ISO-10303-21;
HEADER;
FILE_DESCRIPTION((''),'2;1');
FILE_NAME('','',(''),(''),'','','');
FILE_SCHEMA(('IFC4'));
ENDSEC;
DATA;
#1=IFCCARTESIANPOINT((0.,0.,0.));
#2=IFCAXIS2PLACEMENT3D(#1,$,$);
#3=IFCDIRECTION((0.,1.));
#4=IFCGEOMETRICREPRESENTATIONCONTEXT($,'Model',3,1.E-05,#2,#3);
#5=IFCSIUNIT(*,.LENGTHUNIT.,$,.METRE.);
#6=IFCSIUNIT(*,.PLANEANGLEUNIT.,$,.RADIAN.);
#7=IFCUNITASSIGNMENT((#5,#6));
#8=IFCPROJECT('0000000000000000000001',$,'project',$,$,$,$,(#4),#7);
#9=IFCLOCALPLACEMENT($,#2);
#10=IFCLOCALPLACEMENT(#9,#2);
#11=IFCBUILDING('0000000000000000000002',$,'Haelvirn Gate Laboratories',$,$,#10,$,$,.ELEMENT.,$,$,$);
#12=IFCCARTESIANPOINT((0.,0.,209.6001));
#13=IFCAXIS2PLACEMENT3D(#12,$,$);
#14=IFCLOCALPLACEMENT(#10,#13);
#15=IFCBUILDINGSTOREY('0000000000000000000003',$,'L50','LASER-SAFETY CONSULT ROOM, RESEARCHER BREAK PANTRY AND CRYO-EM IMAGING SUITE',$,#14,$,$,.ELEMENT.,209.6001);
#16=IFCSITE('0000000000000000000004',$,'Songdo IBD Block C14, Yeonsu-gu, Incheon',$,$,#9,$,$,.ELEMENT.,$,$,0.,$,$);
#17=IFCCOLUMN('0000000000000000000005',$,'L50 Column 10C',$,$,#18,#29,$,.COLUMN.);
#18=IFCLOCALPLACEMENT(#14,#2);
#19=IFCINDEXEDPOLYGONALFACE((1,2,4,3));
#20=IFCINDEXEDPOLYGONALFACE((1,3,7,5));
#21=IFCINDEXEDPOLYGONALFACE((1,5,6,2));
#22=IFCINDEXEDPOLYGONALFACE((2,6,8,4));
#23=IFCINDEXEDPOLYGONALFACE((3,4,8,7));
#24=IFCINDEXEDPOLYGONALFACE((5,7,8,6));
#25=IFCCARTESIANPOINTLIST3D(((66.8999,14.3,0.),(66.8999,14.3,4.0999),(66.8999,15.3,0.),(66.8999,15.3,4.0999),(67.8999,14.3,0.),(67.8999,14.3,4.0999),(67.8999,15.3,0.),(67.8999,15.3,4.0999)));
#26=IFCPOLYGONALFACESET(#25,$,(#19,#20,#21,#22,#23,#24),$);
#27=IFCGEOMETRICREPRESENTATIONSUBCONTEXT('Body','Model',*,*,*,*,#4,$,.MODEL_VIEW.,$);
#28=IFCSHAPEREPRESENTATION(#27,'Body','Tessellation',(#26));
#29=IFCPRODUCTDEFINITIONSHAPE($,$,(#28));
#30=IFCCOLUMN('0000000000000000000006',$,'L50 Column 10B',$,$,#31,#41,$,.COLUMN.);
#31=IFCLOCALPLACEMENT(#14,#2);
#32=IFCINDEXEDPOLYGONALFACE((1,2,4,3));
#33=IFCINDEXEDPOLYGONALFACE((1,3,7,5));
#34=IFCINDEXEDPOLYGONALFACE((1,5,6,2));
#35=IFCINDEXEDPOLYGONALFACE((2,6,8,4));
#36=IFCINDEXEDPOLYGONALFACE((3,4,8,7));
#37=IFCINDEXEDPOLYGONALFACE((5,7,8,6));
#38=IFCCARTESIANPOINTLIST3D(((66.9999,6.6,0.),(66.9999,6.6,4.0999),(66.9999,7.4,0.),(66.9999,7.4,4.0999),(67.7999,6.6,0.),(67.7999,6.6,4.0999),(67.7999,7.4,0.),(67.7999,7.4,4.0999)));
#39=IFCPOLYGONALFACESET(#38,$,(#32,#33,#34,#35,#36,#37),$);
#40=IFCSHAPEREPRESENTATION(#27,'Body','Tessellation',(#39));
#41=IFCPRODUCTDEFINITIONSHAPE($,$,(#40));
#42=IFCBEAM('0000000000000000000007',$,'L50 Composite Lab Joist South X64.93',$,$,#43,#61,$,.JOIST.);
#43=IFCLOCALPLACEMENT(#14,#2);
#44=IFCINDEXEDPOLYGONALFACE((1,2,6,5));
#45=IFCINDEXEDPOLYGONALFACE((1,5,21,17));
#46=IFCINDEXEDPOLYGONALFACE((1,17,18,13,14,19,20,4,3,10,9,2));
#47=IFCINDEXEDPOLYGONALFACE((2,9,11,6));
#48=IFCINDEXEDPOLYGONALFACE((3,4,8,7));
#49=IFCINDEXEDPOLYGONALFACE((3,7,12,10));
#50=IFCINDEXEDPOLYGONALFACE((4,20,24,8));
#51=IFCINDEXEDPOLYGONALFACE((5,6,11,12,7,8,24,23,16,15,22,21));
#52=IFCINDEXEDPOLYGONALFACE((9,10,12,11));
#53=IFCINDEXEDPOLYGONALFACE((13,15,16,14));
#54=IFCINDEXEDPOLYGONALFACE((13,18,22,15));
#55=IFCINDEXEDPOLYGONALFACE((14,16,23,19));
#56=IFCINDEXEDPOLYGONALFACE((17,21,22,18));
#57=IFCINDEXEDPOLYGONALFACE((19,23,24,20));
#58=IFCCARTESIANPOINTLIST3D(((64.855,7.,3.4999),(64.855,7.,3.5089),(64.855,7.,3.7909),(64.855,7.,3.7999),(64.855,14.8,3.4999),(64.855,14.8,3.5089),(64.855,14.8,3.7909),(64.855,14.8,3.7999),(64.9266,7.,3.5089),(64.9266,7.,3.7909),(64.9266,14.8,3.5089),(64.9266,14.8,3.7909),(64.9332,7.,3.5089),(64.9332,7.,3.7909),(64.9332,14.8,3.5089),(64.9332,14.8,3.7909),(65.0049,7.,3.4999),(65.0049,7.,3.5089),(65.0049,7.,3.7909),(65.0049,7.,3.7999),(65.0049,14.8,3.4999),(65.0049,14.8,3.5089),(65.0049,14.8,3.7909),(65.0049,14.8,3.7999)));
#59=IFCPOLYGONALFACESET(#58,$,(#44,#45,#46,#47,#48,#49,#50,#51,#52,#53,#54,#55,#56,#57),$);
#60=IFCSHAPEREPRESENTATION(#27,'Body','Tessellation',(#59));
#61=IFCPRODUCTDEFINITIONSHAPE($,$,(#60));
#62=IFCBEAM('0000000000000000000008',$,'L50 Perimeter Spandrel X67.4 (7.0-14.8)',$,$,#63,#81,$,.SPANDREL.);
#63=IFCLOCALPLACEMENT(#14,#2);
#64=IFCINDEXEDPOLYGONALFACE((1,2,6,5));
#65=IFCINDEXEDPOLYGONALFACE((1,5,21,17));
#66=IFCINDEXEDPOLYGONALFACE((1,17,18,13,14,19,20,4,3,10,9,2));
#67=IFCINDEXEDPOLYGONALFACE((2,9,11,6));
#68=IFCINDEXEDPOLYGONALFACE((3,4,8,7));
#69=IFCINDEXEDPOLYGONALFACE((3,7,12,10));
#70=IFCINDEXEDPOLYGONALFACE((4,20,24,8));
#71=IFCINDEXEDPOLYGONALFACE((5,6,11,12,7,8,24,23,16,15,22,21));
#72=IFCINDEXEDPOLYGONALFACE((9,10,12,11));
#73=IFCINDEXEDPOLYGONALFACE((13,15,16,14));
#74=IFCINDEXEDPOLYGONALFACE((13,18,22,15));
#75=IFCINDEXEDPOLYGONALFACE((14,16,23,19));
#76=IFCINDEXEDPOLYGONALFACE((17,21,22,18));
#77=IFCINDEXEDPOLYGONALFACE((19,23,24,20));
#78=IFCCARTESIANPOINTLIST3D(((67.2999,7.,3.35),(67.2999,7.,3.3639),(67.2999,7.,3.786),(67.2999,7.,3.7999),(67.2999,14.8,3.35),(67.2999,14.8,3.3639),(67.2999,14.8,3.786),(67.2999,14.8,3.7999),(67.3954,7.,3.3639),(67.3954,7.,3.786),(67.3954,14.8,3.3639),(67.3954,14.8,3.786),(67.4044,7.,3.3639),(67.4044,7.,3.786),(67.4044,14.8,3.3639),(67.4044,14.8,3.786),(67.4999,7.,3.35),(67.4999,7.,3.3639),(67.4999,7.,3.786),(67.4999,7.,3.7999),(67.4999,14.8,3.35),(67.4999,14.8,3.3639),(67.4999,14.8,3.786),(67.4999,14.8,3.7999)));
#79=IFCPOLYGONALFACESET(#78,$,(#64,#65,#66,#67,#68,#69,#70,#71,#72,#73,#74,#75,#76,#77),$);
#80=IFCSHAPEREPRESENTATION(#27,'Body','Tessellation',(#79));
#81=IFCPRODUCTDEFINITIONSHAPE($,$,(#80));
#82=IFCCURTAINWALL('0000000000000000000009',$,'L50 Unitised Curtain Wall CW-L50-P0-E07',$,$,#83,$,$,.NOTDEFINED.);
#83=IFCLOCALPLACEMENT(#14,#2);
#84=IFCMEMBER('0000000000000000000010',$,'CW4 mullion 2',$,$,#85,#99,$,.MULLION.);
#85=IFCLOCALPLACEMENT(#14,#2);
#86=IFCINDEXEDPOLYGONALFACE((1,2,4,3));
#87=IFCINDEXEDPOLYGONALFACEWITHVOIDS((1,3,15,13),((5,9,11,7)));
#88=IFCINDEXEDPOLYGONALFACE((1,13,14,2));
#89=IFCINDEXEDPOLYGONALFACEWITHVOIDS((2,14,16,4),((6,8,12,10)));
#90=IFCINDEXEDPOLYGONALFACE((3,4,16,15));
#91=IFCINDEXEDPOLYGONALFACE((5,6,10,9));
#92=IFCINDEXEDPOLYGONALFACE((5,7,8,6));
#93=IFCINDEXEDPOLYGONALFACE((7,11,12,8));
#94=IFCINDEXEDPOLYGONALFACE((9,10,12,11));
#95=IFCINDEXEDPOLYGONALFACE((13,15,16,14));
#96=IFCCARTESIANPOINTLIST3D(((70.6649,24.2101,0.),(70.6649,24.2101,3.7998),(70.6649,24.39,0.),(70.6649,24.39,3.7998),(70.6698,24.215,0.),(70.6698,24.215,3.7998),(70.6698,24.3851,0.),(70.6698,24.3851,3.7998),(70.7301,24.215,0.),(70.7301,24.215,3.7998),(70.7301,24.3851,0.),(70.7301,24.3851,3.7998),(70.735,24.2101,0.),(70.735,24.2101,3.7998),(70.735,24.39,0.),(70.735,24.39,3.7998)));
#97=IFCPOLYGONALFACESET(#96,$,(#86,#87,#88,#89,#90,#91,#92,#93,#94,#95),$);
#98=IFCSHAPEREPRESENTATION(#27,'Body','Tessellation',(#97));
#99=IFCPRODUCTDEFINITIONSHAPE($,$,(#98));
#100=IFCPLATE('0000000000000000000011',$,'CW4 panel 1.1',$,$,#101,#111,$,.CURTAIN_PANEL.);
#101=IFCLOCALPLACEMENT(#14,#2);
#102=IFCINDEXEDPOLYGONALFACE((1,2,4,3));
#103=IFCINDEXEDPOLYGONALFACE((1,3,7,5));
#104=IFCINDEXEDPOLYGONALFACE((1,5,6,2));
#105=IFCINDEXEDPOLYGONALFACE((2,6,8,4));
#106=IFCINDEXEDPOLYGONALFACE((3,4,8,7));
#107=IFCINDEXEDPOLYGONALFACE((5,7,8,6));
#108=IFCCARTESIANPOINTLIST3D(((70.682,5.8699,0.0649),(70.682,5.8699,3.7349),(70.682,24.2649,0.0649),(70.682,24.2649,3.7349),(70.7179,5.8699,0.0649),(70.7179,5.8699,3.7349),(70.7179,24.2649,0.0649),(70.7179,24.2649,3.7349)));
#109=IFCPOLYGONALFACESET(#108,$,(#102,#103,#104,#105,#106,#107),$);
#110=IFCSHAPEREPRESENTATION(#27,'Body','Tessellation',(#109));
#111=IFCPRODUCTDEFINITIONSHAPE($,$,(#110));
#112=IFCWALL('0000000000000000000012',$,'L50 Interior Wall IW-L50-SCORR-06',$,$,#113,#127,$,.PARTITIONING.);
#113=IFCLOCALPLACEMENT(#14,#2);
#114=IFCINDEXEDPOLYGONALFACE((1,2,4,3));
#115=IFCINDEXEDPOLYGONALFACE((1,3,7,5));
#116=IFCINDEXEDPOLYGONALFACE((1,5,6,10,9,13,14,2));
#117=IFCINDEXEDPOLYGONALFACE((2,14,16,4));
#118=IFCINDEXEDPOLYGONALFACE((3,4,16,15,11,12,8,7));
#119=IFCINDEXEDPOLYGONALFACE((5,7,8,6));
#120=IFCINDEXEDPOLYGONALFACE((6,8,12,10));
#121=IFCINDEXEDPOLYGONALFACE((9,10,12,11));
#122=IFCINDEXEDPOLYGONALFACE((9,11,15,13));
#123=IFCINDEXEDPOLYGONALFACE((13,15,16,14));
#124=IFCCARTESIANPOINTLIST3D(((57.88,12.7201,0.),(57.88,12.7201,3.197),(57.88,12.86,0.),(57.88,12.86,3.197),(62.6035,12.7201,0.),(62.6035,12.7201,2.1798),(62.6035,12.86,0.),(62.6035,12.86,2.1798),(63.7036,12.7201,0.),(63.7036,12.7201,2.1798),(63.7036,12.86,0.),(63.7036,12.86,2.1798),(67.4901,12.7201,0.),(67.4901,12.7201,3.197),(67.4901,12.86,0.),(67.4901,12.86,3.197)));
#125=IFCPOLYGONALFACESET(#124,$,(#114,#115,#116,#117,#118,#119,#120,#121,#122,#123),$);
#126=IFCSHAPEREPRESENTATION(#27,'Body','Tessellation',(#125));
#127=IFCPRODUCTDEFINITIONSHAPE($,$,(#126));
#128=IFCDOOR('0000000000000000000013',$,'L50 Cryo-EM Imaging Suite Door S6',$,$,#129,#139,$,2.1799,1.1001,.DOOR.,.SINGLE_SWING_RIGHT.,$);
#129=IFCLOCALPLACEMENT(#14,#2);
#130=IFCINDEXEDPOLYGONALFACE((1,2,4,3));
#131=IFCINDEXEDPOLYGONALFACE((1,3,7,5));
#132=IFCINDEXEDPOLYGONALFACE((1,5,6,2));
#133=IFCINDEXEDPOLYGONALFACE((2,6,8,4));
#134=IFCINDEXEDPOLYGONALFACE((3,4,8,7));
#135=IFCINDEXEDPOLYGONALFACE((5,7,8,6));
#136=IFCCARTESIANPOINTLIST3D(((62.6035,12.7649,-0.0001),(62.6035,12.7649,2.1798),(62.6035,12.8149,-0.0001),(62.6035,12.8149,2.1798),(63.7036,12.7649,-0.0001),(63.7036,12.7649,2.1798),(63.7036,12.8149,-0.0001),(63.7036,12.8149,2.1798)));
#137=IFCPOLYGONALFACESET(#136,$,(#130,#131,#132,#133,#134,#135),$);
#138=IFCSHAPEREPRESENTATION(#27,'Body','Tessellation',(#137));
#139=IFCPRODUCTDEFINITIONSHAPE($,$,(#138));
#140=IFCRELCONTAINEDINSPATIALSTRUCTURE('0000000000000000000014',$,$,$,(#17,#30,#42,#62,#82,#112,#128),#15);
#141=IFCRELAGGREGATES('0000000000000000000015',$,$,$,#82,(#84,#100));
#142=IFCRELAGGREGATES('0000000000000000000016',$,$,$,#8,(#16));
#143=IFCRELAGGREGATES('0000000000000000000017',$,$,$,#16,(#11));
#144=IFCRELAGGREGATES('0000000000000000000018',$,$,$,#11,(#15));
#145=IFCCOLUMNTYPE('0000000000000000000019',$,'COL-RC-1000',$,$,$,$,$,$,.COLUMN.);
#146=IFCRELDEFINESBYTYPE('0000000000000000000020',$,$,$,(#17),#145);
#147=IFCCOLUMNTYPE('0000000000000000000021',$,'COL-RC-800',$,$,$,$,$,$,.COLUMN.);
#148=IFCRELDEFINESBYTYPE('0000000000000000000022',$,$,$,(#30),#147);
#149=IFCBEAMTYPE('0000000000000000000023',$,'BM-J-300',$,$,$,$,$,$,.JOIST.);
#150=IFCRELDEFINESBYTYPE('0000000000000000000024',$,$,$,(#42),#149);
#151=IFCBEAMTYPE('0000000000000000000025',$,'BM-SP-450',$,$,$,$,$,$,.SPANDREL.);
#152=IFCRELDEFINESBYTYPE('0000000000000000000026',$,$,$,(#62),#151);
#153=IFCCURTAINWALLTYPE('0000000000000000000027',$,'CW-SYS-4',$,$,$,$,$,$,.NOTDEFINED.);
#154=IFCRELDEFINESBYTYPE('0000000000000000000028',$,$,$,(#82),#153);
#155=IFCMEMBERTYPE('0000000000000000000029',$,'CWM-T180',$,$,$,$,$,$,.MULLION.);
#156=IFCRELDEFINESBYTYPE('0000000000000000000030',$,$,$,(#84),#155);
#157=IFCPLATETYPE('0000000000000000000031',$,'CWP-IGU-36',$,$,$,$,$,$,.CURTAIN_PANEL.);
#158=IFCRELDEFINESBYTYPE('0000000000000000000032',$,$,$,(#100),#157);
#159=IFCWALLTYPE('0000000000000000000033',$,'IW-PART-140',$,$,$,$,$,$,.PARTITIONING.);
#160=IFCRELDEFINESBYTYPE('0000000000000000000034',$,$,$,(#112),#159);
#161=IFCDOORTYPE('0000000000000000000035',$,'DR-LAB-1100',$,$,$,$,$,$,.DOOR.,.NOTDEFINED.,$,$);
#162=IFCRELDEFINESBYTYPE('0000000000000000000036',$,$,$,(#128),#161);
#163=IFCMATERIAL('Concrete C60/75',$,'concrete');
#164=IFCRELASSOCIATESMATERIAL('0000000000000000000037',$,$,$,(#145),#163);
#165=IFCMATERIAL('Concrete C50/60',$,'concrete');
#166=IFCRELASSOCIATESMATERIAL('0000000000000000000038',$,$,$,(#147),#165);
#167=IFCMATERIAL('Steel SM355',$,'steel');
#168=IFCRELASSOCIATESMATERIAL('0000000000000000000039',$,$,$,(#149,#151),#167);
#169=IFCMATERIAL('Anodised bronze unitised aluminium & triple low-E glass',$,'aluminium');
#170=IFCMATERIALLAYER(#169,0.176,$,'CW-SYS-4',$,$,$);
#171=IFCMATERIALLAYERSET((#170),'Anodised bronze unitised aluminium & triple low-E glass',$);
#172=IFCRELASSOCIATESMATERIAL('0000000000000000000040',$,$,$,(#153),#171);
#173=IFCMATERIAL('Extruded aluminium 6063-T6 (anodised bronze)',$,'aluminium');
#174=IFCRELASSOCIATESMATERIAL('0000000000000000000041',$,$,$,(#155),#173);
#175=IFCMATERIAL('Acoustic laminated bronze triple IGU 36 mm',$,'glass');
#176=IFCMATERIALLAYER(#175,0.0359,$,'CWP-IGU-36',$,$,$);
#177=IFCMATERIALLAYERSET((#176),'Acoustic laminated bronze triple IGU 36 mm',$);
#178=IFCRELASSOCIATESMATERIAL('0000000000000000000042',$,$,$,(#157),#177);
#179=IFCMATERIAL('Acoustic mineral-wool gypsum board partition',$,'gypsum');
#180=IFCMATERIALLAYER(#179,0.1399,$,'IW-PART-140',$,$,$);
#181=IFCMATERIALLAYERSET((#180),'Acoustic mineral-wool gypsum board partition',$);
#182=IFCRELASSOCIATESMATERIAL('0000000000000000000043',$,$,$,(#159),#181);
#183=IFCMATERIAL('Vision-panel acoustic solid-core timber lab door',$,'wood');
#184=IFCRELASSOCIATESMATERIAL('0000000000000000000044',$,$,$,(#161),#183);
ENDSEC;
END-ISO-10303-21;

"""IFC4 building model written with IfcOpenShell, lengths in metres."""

from ifc_helpers import new_model, si_unit, direction, frame, frame_2d, origin, origin_2d, place, context, subcontext, project, spatial, rectangle, hollow_rectangle, i_section, extrude, source, transform, mapped, material, layer, layer_set, material_profile, profile_set, type_object, type_shapes, element, fill, aggregate, save


model = new_model("IFC4")

# Units and contexts
model_context = context("Model", 3, precision=1e-05, world=origin(), true_north=direction((0.0, 1.0)))
body_context = subcontext(model_context, "Body", "Model", "MODEL_VIEW")
ifc_project = project(units=[si_unit("LENGTHUNIT", "METRE"), si_unit("PLANEANGLEUNIT", "RADIAN")], contexts=[model_context])

# Site, building, storey
site_placement = place(None, origin())
site = spatial("IfcSite", under=ifc_project, at=site_placement, Name="Songdo IBD Block C14, Yeonsu-gu, Incheon", CompositionType="ELEMENT", RefElevation=0.0)
building_placement = place(site_placement, origin())
building = spatial("IfcBuilding", under=site, at=building_placement, Name="Haelvirn Gate Laboratories", CompositionType="ELEMENT")
storey_placement = place(building_placement, frame((0.0, 0.0, 209.6001)))
storey = spatial("IfcBuildingStorey", under=building, at=storey_placement, Name="L50", Description="LASER-SAFETY CONSULT ROOM, RESEARCHER BREAK PANTRY AND CRYO-EM IMAGING SUITE", CompositionType="ELEMENT", Elevation=209.6001)

# Columns
ifc_material_1 = material(Name="Concrete C60/75", Category="concrete")
ifc_material_profile_1 = material_profile(ifc_material_1, rectangle(XDim=1.0, YDim=1.0, at=origin_2d()), Name="RC-1000x1000")
ifc_profile_set_1 = profile_set([ifc_material_profile_1], Name="Concrete C60/75")
column_type_1 = type_object("IfcColumnType", Name="COL-RC-1000", PredefinedType="COLUMN", material=ifc_profile_set_1)
shared_shape_1 = source(origin(), body_context, "Body", "SweptSolid", [
    extrude(rectangle(XDim=1.0, YDim=1.0, at=origin_2d()), origin(), (0.0, 0.0, 1.0), 4.0999),
])
type_shapes(column_type_1, [shared_shape_1])
column_1_placement = place(storey_placement, frame((67.3999, 14.8, 0.0), z_axis=(0.0, 0.0, 1.0), x_axis=(1.0, 0.0, 0.0)))
element("IfcColumn", 1, at=column_1_placement, inside=storey, type_object=column_type_1, Name="L50 Column 10C", PredefinedType="COLUMN", context=body_context, shape_type="MappedRepresentation", body=[
    mapped(shared_shape_1, transform((0.0, 0.0, 0.0), scale=1.0)),
])
ifc_material_2 = material(Name="Concrete C50/60", Category="concrete")
ifc_material_profile_2 = material_profile(ifc_material_2, rectangle(XDim=0.8, YDim=0.8, at=origin_2d()), Name="RC-800x800")
ifc_profile_set_2 = profile_set([ifc_material_profile_2], Name="Concrete C50/60")
column_type_2 = type_object("IfcColumnType", Name="COL-RC-800", PredefinedType="COLUMN", material=ifc_profile_set_2)
shared_shape_2 = source(origin(), body_context, "Body", "SweptSolid", [
    extrude(rectangle(XDim=0.8, YDim=0.8, at=origin_2d()), origin(), (0.0, 0.0, 1.0), 4.0999),
])
type_shapes(column_type_2, [shared_shape_2])
column_2_placement = place(storey_placement, frame((67.3999, 7.0, 0.0), z_axis=(0.0, 0.0, 1.0), x_axis=(1.0, 0.0, 0.0)))
element("IfcColumn", 2, at=column_2_placement, inside=storey, type_object=column_type_2, Name="L50 Column 10B", PredefinedType="COLUMN", context=body_context, shape_type="MappedRepresentation", body=[
    mapped(shared_shape_2, transform((0.0, 0.0, 0.0), scale=1.0)),
])

# Beams
ifc_material_3 = material(Name="Steel SM355", Category="steel")
ifc_material_profile_3 = material_profile(ifc_material_3, i_section(OverallWidth=0.1499, OverallDepth=0.3, WebThickness=0.0066, FlangeThickness=0.009, at=origin_2d()), Name="H-300x150x6.5x9")
ifc_profile_set_3 = profile_set([ifc_material_profile_3], Name="Steel SM355")
beam_type_1 = type_object("IfcBeamType", Name="BM-J-300", PredefinedType="JOIST", material=ifc_profile_set_3)
shared_shape_3 = source(origin(), body_context, "Body", "SweptSolid", [
    extrude(i_section(OverallWidth=0.1499, OverallDepth=0.3, WebThickness=0.0066, FlangeThickness=0.009, at=origin_2d()), origin(), (0.0, 0.0, 1.0), 7.8),
])
type_shapes(beam_type_1, [shared_shape_3])
beam_1_placement = place(storey_placement, frame((64.9299, 7.0, 3.6499), z_axis=(0.0, 1.0, 0.0), x_axis=(-1.0, 0.0, 0.0)))
element("IfcBeam", 3, at=beam_1_placement, inside=storey, type_object=beam_type_1, Name="L50 Composite Lab Joist South X64.93", PredefinedType="JOIST", context=body_context, shape_type="MappedRepresentation", body=[
    mapped(shared_shape_3, transform((0.0, 0.0, 0.0), scale=1.0)),
])
ifc_material_profile_4 = material_profile(ifc_material_3, i_section(OverallWidth=0.2, OverallDepth=0.45, WebThickness=0.009, FlangeThickness=0.0139, at=origin_2d()), Name="H-450x200x9x14")
ifc_profile_set_4 = profile_set([ifc_material_profile_4], Name="Steel SM355")
beam_type_2 = type_object("IfcBeamType", Name="BM-SP-450", PredefinedType="SPANDREL", material=ifc_profile_set_4)
shared_shape_4 = source(origin(), body_context, "Body", "SweptSolid", [
    extrude(i_section(OverallWidth=0.2, OverallDepth=0.45, WebThickness=0.009, FlangeThickness=0.0139, at=origin_2d()), origin(), (0.0, 0.0, 1.0), 7.8),
])
type_shapes(beam_type_2, [shared_shape_4])
beam_2_placement = place(storey_placement, frame((67.3999, 7.0, 3.575), z_axis=(0.0, 1.0, 0.0), x_axis=(-1.0, 0.0, 0.0)))
element("IfcBeam", 4, at=beam_2_placement, inside=storey, type_object=beam_type_2, Name="L50 Perimeter Spandrel X67.4 (7.0-14.8)", PredefinedType="SPANDREL", context=body_context, shape_type="MappedRepresentation", body=[
    mapped(shared_shape_4, transform((0.0, 0.0, 0.0), scale=1.0)),
])

# Curtain wall, member, plate
ifc_material_4 = material(Name="Anodised bronze unitised aluminium & triple low-E glass", Category="aluminium")
ifc_layer_1 = layer(ifc_material_4, 0.176, Name="CW-SYS-4")
ifc_layer_set_1 = layer_set([ifc_layer_1], Name="Anodised bronze unitised aluminium & triple low-E glass")
curtain_wall_type = type_object("IfcCurtainWallType", Name="CW-SYS-4", PredefinedType="NOTDEFINED", material=ifc_layer_set_1)
curtain_wall_placement = place(storey_placement, origin())
curtain_wall = element("IfcCurtainWall", 5, at=curtain_wall_placement, inside=storey, type_object=curtain_wall_type, Name="L50 Unitised Curtain Wall CW-L50-P0-E07", PredefinedType="NOTDEFINED")
ifc_material_5 = material(Name="Extruded aluminium 6063-T6 (anodised bronze)", Category="aluminium")
ifc_material_profile_5 = material_profile(ifc_material_5, hollow_rectangle(XDim=0.0701, YDim=0.1799, WallThickness=0.0049, at=origin_2d()), Name="CWM-180x70x5")
ifc_profile_set_5 = profile_set([ifc_material_profile_5], Name="Extruded aluminium 6063-T6 (anodised bronze)")
member_type = type_object("IfcMemberType", Name="CWM-T180", PredefinedType="MULLION", material=ifc_profile_set_5)
shared_shape_5 = source(origin(), body_context, "Body", "SweptSolid", [
    extrude(hollow_rectangle(XDim=0.0701, YDim=0.1799, WallThickness=0.0049, at=origin_2d()), origin(), (0.0, 0.0, 1.0), 3.7998),
])
type_shapes(member_type, [shared_shape_5])
member_placement = place(storey_placement, frame((70.7, 24.3, 0.0), z_axis=(0.0, 0.0, 1.0), x_axis=(-1.0, 0.0, 0.0)))
member = element("IfcMember", 6, at=member_placement, type_object=member_type, Name="CW4 mullion 2", PredefinedType="MULLION", context=body_context, shape_type="MappedRepresentation", body=[
    mapped(shared_shape_5, transform((0.0, 0.0, 0.0), scale=1.0)),
])
ifc_material_6 = material(Name="Acoustic laminated bronze triple IGU 36 mm", Category="glass")
ifc_layer_2 = layer(ifc_material_6, 0.0359, Name="CWP-IGU-36")
ifc_layer_set_2 = layer_set([ifc_layer_2], Name="Acoustic laminated bronze triple IGU 36 mm")
plate_type = type_object("IfcPlateType", Name="CWP-IGU-36", PredefinedType="CURTAIN_PANEL", material=ifc_layer_set_2)
shared_shape_6 = source(origin(), body_context, "Body", "SweptSolid", [
    extrude(rectangle(XDim=18.395, YDim=0.0359, at=origin_2d()), origin(), (0.0, 0.0, 1.0), 3.6699),
])
type_shapes(plate_type, [shared_shape_6])
plate_placement = place(storey_placement, frame((70.7, 15.0674, 0.0649), z_axis=(0.0, 0.0, 1.0), x_axis=(0.0, 1.0, 0.0)))
plate = element("IfcPlate", 7, at=plate_placement, type_object=plate_type, Name="CW4 panel 1.1", PredefinedType="CURTAIN_PANEL", context=body_context, shape_type="MappedRepresentation", body=[
    mapped(shared_shape_6, transform((0.0, 0.0, 0.0), scale=1.0)),
])
aggregate(curtain_wall, [member, plate])

# Wall, opening, door
ifc_material_7 = material(Name="Acoustic mineral-wool gypsum board partition", Category="gypsum")
ifc_layer_3 = layer(ifc_material_7, 0.1399, Name="IW-PART-140")
ifc_layer_set_3 = layer_set([ifc_layer_3], Name="Acoustic mineral-wool gypsum board partition")
wall_type_1 = type_object("IfcWallType", Name="IW-PART-140", PredefinedType="PARTITIONING", material=ifc_layer_set_3)
wall_1_placement = place(storey_placement, frame((57.8799, 12.79, 0.0), z_axis=(0.0, 0.0, 1.0), x_axis=(1.0, 0.0, 0.0)))
wall_1 = element("IfcWall", 8, at=wall_1_placement, inside=storey, type_object=wall_type_1, Name="L50 Interior Wall IW-L50-SCORR-06", PredefinedType="PARTITIONING", context=body_context, shape_type="SweptSolid", body=[
    extrude(rectangle(XDim=9.6101, YDim=0.1399, at=frame_2d((4.8052, 0.0))), origin(), (0.0, 0.0, 1.0), 3.197),
])
opening_1_placement = place(wall_1_placement, frame((4.7236, 0.0, 0.0)))
opening_1 = element("IfcOpeningElement", 9, at=opening_1_placement, cuts=wall_1, PredefinedType="OPENING", context=body_context, shape_type="SweptSolid", body=[
    extrude(rectangle(XDim=1.1001, YDim=2.1799, at=frame_2d((0.55, 1.0898))), frame((0.0, 0.0801, 0.0), z_axis=(0.0, -1.0, 0.0), x_axis=(1.0, 0.0, 0.0)), (0.0, 0.0, 1.0), 0.1599),
])
ifc_material_8 = material(Name="Vision-panel acoustic solid-core timber lab door", Category="wood")
door_type_1 = type_object("IfcDoorType", Name="DR-LAB-1100", OperationType="NOTDEFINED", PredefinedType="DOOR", material=ifc_material_8)
shared_shape_7 = source(origin(), body_context, "Body", "SweptSolid", [
    extrude(rectangle(XDim=1.1001, YDim=2.1799, at=frame_2d((0.55, 1.0898))), frame((0.0, 0.0249, 0.0), z_axis=(0.0, -1.0, 0.0), x_axis=(1.0, 0.0, 0.0)), (0.0, 0.0, 1.0), 0.05),
])
type_shapes(door_type_1, [shared_shape_7])
door_1_placement = place(opening_1_placement, origin())
door_1 = element("IfcDoor", 10, at=door_1_placement, inside=storey, type_object=door_type_1, Name="L50 Cryo-EM Imaging Suite Door S6", OperationType="SINGLE_SWING_RIGHT", OverallHeight=2.1799, OverallWidth=1.1001, PredefinedType="DOOR", context=body_context, shape_type="MappedRepresentation", body=[
    mapped(shared_shape_7, transform((0.0, 0.0, 0.0), scale=1.0)),
])
fill(opening_1, door_1)

save(model, "model.ifc")
